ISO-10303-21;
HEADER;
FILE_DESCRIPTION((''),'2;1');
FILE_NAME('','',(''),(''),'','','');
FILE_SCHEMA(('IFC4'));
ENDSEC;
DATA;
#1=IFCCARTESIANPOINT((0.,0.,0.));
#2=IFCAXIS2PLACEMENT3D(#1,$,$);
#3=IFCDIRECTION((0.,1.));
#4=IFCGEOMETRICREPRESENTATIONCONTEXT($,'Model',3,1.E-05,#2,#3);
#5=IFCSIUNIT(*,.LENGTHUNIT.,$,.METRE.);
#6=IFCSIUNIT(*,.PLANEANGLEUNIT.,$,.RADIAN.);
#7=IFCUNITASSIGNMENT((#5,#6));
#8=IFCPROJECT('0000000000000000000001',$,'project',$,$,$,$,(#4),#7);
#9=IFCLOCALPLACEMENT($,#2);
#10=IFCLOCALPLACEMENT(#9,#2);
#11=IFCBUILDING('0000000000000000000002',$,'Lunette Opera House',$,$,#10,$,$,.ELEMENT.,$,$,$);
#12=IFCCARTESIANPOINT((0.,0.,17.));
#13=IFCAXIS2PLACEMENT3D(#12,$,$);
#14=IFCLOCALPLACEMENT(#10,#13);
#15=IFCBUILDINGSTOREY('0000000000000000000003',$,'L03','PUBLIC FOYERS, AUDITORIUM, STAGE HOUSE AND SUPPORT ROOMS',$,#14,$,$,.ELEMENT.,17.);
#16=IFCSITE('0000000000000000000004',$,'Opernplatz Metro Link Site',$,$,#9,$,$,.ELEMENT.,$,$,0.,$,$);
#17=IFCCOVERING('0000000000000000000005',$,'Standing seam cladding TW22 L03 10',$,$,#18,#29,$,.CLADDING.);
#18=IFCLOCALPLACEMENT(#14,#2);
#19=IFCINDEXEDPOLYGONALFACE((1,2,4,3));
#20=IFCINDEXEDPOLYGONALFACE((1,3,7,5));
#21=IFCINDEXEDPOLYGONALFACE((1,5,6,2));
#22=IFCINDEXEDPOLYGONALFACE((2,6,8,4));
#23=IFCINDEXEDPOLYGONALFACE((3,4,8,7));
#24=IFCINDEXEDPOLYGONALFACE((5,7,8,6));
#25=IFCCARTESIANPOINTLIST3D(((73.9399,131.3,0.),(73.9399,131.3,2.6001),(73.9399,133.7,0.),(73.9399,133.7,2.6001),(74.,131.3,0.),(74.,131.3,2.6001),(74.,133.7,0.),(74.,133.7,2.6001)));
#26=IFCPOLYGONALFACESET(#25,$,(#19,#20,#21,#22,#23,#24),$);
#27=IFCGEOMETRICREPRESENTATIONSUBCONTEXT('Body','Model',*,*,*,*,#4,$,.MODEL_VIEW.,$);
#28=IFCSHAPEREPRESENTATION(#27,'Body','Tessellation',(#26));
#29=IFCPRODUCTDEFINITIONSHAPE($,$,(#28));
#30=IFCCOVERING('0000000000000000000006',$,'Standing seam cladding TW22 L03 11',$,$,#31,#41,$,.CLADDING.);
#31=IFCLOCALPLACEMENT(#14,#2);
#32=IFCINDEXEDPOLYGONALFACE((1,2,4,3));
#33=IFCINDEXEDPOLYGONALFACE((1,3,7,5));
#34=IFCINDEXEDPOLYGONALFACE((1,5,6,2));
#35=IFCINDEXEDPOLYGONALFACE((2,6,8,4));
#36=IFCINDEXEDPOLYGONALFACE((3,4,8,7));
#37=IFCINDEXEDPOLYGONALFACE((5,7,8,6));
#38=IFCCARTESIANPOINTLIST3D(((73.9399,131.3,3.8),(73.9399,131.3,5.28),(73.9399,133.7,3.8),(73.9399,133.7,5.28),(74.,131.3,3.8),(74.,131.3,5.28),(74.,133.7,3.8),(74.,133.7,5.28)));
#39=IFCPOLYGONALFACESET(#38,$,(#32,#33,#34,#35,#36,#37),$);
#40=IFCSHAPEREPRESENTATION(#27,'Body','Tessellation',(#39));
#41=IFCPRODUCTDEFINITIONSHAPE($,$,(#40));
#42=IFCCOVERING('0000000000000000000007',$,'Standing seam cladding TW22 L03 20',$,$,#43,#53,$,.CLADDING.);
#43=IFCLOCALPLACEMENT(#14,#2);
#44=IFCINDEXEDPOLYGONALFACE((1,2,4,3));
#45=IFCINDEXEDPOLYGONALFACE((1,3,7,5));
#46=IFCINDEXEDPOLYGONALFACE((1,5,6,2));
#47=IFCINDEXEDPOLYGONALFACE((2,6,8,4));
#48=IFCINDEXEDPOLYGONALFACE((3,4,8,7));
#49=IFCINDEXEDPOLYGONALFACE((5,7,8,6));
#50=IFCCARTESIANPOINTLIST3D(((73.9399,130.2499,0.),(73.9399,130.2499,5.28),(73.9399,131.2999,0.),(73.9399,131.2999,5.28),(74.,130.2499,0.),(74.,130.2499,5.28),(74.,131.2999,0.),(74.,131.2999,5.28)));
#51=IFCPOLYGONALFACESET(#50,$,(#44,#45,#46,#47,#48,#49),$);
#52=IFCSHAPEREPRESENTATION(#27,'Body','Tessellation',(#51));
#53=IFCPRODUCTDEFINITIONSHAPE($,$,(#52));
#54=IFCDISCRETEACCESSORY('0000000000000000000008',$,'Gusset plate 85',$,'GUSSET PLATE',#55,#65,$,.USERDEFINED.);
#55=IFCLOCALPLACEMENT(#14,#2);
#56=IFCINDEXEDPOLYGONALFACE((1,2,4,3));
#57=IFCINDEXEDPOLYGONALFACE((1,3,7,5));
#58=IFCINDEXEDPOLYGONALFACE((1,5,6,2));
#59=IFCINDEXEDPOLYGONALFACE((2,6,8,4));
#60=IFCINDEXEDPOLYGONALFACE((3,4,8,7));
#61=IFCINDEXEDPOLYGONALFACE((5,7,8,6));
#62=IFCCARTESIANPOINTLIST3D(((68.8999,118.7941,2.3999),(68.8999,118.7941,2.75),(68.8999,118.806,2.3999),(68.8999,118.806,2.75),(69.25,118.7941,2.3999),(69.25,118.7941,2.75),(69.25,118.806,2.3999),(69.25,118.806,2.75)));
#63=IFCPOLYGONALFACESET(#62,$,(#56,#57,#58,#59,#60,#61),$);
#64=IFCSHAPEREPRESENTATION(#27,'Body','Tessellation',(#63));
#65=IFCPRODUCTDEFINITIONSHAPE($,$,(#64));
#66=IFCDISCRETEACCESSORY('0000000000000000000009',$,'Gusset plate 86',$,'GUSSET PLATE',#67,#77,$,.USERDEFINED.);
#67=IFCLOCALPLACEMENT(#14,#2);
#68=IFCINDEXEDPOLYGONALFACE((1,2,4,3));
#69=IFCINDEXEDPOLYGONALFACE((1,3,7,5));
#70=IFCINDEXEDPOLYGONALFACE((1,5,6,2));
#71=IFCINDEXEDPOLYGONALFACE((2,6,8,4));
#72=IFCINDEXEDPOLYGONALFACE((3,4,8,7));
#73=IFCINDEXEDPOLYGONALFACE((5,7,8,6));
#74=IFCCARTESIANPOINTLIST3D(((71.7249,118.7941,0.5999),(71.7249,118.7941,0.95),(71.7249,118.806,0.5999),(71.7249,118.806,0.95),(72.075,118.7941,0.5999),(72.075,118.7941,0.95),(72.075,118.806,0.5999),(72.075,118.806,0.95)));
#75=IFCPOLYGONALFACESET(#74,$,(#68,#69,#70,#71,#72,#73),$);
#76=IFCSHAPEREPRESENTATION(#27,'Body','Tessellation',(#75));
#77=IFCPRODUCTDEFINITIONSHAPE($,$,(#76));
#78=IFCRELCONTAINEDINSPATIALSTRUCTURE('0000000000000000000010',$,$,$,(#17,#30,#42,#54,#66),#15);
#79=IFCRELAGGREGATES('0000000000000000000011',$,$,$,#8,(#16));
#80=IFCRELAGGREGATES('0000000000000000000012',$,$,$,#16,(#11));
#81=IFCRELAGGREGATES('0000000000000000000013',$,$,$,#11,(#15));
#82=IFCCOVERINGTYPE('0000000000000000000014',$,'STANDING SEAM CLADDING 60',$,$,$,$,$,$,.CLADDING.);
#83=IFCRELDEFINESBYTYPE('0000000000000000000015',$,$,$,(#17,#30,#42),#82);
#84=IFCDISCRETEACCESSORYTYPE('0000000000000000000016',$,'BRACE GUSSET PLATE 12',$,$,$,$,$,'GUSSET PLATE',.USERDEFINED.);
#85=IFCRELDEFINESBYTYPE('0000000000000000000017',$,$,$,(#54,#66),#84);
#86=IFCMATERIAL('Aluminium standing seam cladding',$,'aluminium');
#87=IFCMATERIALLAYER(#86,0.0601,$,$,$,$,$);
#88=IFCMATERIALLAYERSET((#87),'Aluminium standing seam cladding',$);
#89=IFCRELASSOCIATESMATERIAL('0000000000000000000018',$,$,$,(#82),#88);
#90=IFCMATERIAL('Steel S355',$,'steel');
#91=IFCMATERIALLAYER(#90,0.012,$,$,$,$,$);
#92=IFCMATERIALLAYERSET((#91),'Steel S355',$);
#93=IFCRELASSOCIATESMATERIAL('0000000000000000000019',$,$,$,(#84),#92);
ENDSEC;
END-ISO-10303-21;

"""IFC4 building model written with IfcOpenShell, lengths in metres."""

from ifc_helpers import new_model, si_unit, direction, frame, origin, origin_2d, place, context, subcontext, project, spatial, rectangle, extrude, material, layer, layer_set, type_object, element, save


model = new_model("IFC4")

# Units and contexts
model_context = context("Model", 3, precision=1e-05, world=origin(), true_north=direction((0.0, 1.0)))
body_context = subcontext(model_context, "Body", "Model", "MODEL_VIEW")
ifc_project = project(units=[si_unit("LENGTHUNIT", "METRE"), si_unit("PLANEANGLEUNIT", "RADIAN")], contexts=[model_context])

# Site, building, storey
site_placement = place(None, origin())
site = spatial("IfcSite", under=ifc_project, at=site_placement, Name="Opernplatz Metro Link Site", CompositionType="ELEMENT", RefElevation=0.0)
building_placement = place(site_placement, origin())
building = spatial("IfcBuilding", under=site, at=building_placement, Name="Lunette Opera House", CompositionType="ELEMENT")
storey_placement = place(building_placement, frame((0.0, 0.0, 17.0)))
storey = spatial("IfcBuildingStorey", under=building, at=storey_placement, Name="L03", Description="PUBLIC FOYERS, AUDITORIUM, STAGE HOUSE AND SUPPORT ROOMS", CompositionType="ELEMENT", Elevation=17.0)

# Coverings
ifc_material_1 = material(Name="Aluminium standing seam cladding", Category="aluminium")
ifc_layer_1 = layer(ifc_material_1, 0.0601)
ifc_layer_set_1 = layer_set([ifc_layer_1], Name="Aluminium standing seam cladding")
covering_type = type_object("IfcCoveringType", Name="STANDING SEAM CLADDING 60", PredefinedType="CLADDING", material=ifc_layer_set_1)
covering_1_placement = place(storey_placement, frame((73.97, 132.5, 0.0), z_axis=(0.0, 0.0, 1.0), x_axis=(0.0, -1.0, 0.0)))
element("IfcCovering", 1, at=covering_1_placement, inside=storey, type_object=covering_type, Name="Standing seam cladding TW22 L03 10", PredefinedType="CLADDING", context=body_context, shape_type="SweptSolid", body=[
    extrude(rectangle(XDim=2.3999, YDim=0.0601, at=origin_2d()), origin(), (0.0, 0.0, 1.0), 2.6001),
])
covering_2_placement = place(storey_placement, frame((73.97, 132.5, 3.8), z_axis=(0.0, 0.0, 1.0), x_axis=(0.0, -1.0, 0.0)))
element("IfcCovering", 2, at=covering_2_placement, inside=storey, type_object=covering_type, Name="Standing seam cladding TW22 L03 11", PredefinedType="CLADDING", context=body_context, shape_type="SweptSolid", body=[
    extrude(rectangle(XDim=2.3999, YDim=0.0601, at=origin_2d()), origin(), (0.0, 0.0, 1.0), 1.48),
])
covering_3_placement = place(storey_placement, frame((73.97, 130.7749, 0.0), z_axis=(0.0, 0.0, 1.0), x_axis=(0.0, -1.0, 0.0)))
element("IfcCovering", 3, at=covering_3_placement, inside=storey, type_object=covering_type, Name="Standing seam cladding TW22 L03 20", PredefinedType="CLADDING", context=body_context, shape_type="SweptSolid", body=[
    extrude(rectangle(XDim=1.05, YDim=0.0601, at=origin_2d()), origin(), (0.0, 0.0, 1.0), 5.28),
])

# Discrete accessories
ifc_material_2 = material(Name="Steel S355", Category="steel")
ifc_layer_2 = layer(ifc_material_2, 0.012)
ifc_layer_set_2 = layer_set([ifc_layer_2], Name="Steel S355")
discrete_accessory_type = type_object("IfcDiscreteAccessoryType", Name="BRACE GUSSET PLATE 12", ElementType="GUSSET PLATE", PredefinedType="USERDEFINED", material=ifc_layer_set_2)
for number, where, z_axis, x_axis, name in (
    (4, (69.075, 118.8, 2.3999), (0.0, 0.0, 1.0), (1.0, 0.0, 0.0), "Gusset plate 85"),
    (5, (71.8999, 118.8, 0.5999), (0.0, 0.0, 1.0), (1.0, 0.0, 0.0), "Gusset plate 86"),
):
    element("IfcDiscreteAccessory", number, at=place(storey_placement, frame(where, z_axis=z_axis, x_axis=x_axis)), inside=storey, type_object=discrete_accessory_type, Name=name, ObjectType="GUSSET PLATE", PredefinedType="USERDEFINED", context=body_context, shape_type="SweptSolid", body=[
        extrude(rectangle(XDim=0.3501, YDim=0.012, at=origin_2d()), origin(), (0.0, 0.0, 1.0), 0.3501),
    ])

save(model, "model.ifc")
